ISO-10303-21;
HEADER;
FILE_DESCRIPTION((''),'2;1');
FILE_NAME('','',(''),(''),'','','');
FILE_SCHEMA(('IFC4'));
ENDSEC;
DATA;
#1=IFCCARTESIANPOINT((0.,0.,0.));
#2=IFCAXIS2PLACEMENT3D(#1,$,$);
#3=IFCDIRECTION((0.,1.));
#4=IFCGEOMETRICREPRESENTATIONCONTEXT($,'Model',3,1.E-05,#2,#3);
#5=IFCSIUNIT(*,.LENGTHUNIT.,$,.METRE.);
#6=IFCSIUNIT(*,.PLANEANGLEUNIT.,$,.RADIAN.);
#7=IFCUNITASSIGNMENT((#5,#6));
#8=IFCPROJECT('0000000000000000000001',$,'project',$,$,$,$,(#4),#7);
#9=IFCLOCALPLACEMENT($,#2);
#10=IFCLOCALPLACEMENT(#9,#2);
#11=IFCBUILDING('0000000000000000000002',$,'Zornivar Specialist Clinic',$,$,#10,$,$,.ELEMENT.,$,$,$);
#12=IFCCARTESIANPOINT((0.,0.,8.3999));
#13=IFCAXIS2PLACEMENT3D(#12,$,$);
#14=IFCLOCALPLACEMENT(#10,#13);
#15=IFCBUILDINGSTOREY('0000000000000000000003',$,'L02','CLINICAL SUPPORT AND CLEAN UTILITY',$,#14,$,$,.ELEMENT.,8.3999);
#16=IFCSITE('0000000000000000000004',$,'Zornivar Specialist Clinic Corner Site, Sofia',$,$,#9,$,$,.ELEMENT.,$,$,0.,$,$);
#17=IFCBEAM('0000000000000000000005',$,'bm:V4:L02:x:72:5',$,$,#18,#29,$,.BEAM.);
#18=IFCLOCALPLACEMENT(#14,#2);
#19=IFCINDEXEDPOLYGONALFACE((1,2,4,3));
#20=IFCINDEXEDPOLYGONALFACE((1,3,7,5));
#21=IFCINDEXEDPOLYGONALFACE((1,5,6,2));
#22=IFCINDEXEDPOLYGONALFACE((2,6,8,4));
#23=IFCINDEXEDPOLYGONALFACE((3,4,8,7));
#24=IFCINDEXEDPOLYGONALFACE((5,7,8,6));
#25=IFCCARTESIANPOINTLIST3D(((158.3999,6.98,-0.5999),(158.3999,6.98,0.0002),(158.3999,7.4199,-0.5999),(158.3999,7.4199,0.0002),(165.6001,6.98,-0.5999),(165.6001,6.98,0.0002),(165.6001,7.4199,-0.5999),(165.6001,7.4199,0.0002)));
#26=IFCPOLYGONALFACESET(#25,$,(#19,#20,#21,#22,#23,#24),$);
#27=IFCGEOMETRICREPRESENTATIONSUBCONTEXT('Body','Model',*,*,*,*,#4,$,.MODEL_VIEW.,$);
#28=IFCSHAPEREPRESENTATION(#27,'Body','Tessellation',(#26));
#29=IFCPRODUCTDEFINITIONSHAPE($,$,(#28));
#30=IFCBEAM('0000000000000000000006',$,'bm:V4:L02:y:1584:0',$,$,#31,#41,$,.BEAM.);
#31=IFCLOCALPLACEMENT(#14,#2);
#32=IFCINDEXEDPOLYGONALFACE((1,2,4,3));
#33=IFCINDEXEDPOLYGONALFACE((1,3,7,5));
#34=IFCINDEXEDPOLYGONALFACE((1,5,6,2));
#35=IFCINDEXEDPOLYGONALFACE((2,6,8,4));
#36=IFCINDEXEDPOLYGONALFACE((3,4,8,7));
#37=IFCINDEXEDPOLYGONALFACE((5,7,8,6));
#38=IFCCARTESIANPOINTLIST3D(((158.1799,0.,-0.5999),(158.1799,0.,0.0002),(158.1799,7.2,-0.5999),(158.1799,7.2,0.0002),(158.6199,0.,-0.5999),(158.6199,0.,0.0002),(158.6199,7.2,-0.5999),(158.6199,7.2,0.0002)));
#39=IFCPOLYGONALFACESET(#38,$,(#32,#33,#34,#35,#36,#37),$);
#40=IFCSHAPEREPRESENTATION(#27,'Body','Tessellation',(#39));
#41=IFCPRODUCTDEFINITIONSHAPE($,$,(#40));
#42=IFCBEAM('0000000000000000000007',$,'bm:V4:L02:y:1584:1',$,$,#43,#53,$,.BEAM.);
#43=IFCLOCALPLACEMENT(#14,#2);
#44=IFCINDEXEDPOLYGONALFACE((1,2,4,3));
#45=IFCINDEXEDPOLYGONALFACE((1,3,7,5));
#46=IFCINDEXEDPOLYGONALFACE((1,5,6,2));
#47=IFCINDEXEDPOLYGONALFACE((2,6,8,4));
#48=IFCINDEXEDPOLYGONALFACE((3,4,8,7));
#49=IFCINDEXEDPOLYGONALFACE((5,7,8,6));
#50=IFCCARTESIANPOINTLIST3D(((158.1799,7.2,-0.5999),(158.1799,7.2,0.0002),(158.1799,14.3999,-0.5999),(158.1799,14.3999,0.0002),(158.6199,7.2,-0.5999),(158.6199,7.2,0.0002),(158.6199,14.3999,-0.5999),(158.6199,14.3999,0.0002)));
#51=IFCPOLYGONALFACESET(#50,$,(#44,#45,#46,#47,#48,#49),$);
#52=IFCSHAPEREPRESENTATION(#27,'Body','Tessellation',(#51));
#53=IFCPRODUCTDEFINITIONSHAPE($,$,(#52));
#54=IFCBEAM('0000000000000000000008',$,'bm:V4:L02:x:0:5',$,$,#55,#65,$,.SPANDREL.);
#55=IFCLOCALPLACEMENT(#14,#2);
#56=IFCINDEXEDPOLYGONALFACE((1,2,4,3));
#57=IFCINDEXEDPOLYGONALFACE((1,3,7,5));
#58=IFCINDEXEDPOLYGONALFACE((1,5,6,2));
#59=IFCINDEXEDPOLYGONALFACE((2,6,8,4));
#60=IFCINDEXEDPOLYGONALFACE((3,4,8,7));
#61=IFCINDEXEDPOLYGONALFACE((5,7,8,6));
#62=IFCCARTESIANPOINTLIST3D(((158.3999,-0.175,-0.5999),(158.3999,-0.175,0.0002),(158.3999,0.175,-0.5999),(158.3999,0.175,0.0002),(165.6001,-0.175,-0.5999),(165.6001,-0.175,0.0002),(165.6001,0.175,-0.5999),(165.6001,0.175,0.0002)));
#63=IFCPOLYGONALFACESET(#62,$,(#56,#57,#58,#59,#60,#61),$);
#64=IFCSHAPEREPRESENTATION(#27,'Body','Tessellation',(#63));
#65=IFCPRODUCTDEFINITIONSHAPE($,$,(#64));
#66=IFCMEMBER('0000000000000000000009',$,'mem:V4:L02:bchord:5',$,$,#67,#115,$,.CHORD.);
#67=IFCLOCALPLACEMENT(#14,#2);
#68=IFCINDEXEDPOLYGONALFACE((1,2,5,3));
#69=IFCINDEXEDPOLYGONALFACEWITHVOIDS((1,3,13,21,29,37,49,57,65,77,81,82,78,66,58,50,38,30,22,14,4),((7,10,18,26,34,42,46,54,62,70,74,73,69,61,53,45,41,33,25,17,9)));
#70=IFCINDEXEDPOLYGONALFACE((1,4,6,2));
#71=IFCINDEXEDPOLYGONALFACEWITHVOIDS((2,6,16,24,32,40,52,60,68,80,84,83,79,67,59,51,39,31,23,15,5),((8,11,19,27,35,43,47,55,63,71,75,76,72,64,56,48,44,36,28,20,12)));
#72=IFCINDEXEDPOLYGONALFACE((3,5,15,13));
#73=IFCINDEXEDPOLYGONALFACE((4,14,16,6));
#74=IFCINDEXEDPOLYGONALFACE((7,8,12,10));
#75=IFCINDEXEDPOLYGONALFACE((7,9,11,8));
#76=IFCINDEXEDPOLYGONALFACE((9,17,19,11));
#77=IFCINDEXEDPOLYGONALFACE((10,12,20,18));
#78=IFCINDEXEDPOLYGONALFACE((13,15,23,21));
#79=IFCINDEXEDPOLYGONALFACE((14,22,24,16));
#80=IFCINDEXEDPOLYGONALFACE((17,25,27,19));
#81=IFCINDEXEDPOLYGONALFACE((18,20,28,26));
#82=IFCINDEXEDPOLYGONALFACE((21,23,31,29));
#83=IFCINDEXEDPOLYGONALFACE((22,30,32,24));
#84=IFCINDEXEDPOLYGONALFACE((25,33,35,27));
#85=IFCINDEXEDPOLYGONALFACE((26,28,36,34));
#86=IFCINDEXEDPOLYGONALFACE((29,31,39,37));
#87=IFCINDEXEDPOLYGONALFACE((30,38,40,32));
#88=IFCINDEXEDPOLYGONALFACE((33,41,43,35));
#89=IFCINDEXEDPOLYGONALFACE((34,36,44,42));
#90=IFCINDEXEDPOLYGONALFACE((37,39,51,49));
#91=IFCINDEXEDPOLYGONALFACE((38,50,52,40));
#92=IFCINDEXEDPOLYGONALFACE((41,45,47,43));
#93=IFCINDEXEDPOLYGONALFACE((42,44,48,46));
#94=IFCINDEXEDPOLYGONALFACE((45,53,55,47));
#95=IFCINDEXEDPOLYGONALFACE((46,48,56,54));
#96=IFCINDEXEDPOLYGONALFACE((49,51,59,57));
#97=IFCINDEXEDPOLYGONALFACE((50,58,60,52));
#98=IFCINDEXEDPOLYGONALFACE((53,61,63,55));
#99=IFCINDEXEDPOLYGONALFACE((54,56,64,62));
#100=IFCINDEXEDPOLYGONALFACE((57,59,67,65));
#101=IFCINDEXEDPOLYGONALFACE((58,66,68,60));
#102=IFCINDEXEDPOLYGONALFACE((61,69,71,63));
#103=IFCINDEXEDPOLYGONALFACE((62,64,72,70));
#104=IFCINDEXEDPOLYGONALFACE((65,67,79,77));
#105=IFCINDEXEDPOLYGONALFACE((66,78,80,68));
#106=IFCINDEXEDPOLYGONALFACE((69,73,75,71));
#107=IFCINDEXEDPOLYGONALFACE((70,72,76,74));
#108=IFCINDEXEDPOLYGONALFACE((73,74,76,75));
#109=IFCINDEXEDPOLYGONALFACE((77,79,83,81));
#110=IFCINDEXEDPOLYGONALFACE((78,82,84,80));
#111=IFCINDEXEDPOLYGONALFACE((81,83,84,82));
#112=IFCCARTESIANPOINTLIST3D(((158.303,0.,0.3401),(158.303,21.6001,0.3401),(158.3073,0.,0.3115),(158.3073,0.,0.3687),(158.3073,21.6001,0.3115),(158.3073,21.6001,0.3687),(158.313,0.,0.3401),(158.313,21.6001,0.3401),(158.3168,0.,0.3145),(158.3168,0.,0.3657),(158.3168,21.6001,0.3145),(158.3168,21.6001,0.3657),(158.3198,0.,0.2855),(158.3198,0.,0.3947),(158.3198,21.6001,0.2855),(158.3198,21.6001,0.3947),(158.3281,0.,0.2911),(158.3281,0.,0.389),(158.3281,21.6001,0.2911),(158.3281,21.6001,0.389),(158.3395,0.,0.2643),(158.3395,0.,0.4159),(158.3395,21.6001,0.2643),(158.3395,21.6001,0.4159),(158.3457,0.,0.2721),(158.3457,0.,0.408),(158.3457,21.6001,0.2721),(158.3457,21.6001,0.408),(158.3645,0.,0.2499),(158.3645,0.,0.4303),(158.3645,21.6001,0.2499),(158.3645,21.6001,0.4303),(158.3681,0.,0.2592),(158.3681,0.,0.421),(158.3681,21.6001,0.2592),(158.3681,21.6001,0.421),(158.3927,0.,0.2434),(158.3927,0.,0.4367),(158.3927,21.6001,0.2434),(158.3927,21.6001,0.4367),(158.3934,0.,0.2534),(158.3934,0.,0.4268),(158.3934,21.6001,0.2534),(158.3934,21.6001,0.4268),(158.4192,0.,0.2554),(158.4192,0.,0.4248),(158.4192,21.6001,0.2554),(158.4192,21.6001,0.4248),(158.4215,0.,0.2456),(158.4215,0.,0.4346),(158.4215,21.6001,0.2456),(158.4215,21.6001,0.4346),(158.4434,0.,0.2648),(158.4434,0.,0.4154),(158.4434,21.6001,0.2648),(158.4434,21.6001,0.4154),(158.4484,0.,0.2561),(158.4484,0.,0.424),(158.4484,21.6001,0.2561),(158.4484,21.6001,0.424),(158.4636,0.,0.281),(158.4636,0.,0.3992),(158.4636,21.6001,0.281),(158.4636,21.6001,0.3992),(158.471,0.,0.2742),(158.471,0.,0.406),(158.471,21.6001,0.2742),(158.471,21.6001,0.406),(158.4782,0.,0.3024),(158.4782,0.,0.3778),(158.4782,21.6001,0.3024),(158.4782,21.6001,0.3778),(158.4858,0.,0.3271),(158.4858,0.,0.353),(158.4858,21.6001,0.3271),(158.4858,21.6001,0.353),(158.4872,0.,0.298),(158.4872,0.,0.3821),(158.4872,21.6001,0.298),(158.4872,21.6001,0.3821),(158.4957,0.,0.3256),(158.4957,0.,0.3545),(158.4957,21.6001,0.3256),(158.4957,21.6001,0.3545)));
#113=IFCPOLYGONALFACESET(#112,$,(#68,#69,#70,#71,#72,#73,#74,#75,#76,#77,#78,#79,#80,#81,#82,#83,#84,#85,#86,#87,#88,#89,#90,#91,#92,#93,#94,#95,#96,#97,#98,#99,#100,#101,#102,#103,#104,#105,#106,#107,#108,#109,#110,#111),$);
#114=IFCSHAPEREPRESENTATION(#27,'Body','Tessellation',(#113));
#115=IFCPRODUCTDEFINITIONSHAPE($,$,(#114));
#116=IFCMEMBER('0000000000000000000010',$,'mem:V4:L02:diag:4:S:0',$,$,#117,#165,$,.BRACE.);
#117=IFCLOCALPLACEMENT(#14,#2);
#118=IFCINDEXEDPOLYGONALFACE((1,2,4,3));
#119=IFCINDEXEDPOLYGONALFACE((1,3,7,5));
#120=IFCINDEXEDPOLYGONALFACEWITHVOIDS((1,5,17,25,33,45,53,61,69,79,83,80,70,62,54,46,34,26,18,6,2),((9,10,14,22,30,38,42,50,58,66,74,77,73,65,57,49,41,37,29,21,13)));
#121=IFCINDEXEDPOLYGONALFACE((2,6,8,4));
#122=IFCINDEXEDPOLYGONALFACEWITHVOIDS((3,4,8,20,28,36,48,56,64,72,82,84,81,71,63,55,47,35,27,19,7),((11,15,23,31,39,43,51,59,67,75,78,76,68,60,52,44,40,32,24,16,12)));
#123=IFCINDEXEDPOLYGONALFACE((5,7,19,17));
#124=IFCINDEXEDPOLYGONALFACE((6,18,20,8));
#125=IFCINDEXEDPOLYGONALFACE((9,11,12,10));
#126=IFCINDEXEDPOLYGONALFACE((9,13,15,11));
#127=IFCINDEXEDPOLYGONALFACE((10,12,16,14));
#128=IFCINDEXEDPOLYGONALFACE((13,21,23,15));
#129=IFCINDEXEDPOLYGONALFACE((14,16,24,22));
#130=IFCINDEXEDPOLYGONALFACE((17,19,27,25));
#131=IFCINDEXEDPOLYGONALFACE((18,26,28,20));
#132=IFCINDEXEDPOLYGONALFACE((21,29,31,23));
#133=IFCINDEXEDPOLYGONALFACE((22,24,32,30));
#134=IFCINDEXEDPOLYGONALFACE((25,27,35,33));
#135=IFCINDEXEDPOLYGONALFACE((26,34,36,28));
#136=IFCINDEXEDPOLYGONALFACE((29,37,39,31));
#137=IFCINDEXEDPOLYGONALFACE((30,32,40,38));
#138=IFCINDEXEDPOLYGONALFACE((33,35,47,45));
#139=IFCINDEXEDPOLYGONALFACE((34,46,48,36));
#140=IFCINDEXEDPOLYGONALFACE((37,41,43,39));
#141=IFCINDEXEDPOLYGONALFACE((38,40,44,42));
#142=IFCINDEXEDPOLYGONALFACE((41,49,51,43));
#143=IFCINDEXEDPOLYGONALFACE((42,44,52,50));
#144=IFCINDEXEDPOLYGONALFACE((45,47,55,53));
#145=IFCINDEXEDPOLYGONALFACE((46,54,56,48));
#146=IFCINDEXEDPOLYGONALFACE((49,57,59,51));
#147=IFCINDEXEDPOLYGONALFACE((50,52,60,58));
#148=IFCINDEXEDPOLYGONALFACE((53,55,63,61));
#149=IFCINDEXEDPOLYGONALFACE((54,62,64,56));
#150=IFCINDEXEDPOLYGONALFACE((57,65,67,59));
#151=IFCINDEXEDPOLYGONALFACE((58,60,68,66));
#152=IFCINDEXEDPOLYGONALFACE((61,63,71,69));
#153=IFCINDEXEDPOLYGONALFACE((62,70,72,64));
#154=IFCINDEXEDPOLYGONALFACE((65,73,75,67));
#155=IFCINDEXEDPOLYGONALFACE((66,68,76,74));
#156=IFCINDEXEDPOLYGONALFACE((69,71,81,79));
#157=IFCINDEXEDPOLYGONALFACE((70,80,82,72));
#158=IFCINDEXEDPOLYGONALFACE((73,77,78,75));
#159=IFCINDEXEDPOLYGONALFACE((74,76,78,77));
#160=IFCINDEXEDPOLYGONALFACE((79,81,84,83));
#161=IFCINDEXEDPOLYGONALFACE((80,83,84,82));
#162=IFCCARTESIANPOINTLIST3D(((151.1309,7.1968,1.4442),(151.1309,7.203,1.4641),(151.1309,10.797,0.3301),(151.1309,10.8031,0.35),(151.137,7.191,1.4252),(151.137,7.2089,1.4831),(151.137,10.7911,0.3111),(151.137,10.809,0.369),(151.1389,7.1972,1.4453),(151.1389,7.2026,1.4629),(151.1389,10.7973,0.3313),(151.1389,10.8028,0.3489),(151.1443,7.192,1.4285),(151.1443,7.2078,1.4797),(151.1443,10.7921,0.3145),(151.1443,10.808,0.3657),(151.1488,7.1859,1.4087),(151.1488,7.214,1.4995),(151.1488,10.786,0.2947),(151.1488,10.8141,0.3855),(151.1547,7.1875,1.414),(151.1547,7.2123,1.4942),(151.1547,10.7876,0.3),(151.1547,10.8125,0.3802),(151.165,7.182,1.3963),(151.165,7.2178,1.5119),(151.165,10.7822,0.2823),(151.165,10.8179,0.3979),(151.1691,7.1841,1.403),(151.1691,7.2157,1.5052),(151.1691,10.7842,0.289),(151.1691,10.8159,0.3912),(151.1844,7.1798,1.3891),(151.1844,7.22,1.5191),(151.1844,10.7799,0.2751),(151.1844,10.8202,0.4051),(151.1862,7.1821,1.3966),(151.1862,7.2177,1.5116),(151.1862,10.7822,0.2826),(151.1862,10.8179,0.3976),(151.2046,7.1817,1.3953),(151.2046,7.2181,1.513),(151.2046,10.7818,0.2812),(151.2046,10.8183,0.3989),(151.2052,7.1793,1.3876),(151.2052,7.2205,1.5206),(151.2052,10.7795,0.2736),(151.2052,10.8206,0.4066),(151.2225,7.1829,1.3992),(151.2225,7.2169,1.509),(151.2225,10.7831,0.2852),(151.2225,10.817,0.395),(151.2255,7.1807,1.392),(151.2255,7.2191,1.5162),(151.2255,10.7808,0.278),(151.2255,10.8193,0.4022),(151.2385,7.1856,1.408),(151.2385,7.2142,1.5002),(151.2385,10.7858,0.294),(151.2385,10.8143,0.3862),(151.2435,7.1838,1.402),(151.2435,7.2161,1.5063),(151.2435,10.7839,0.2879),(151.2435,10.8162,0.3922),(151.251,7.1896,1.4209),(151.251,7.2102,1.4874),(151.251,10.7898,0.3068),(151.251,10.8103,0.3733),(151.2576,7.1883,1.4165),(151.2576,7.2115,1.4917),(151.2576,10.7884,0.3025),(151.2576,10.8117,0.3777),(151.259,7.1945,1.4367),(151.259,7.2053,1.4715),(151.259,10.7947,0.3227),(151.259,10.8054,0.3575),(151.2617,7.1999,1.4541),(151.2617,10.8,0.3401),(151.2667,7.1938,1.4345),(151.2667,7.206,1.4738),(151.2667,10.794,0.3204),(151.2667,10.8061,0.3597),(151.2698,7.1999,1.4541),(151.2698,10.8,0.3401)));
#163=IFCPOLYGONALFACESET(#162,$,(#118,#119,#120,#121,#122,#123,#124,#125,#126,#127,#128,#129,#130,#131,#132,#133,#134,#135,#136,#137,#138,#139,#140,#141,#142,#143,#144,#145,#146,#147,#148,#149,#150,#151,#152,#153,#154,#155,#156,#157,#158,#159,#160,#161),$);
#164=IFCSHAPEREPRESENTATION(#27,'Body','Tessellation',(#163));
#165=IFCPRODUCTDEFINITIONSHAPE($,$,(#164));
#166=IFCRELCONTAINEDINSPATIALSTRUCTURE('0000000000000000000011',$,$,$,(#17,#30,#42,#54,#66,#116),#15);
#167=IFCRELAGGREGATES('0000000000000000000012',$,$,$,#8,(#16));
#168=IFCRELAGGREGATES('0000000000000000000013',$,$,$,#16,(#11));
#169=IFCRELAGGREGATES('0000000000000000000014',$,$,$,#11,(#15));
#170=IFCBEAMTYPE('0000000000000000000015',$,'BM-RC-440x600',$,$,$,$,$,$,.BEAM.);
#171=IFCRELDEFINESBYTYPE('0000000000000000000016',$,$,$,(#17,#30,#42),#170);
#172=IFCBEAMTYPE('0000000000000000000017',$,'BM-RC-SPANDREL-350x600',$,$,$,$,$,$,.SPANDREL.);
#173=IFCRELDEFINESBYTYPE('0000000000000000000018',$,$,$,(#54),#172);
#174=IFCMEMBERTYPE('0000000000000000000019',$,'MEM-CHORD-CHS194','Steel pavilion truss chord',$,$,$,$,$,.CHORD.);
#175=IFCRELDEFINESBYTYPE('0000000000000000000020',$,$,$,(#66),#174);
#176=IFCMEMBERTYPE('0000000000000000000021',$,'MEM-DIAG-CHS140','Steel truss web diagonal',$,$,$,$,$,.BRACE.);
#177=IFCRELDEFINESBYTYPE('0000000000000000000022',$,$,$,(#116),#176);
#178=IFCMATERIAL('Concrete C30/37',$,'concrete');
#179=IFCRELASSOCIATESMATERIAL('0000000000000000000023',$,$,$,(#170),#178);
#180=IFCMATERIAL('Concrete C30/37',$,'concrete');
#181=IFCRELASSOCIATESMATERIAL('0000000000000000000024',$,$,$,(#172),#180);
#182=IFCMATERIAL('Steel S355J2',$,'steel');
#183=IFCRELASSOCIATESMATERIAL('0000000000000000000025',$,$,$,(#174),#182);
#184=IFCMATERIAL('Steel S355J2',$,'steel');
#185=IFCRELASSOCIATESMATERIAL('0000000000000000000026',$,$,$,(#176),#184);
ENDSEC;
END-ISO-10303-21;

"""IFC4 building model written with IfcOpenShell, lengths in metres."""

from ifc_helpers import new_model, si_unit, direction, frame, origin, origin_2d, place, context, subcontext, project, spatial, rectangle, hollow_circle, extrude, material, material_profile, profile_set, type_object, element, save


model = new_model("IFC4")

# Units and contexts
model_context = context("Model", 3, precision=1e-05, world=origin(), true_north=direction((0.0, 1.0)))
body_context = subcontext(model_context, "Body", "Model", "MODEL_VIEW")
ifc_project = project(units=[si_unit("LENGTHUNIT", "METRE"), si_unit("PLANEANGLEUNIT", "RADIAN")], contexts=[model_context])

# Site, building, storey
site_placement = place(None, origin())
site = spatial("IfcSite", under=ifc_project, at=site_placement, Name="Zornivar Specialist Clinic Corner Site, Sofia", CompositionType="ELEMENT", RefElevation=0.0)
building_placement = place(site_placement, origin())
building = spatial("IfcBuilding", under=site, at=building_placement, Name="Zornivar Specialist Clinic", CompositionType="ELEMENT")
storey_placement = place(building_placement, frame((0.0, 0.0, 8.3999)))
storey = spatial("IfcBuildingStorey", under=building, at=storey_placement, Name="L02", Description="CLINICAL SUPPORT AND CLEAN UTILITY", CompositionType="ELEMENT", Elevation=8.3999)

# Beams
ifc_material_1 = material(Name="Concrete C30/37", Category="concrete")
ifc_material_profile_1 = material_profile(ifc_material_1, rectangle(XDim=0.4399, YDim=0.6001, at=origin_2d()), Name="RC 440x600")
ifc_profile_set_1 = profile_set([ifc_material_profile_1], Name="Concrete C30/37")
beam_type_1 = type_object("IfcBeamType", Name="BM-RC-440x600", PredefinedType="BEAM", material=ifc_profile_set_1)
beam_1_placement = place(storey_placement, frame((158.3999, 7.2, -0.2998), z_axis=(1.0, 0.0, 0.0), x_axis=(0.0, 1.0, 0.0)))
element("IfcBeam", 1, at=beam_1_placement, inside=storey, type_object=beam_type_1, Name="bm:V4:L02:x:72:5", PredefinedType="BEAM", context=body_context, shape_type="SweptSolid", body=[
    extrude(rectangle(XDim=0.4399, YDim=0.6001, at=origin_2d()), origin(), (0.0, 0.0, 1.0), 7.2002),
])
for number, where, z_axis, x_axis, name in (
    (2, (158.3999, 0.0, -0.2998), (0.0, 1.0, 0.0), (-1.0, 0.0, 0.0), "bm:V4:L02:y:1584:0"),
    (3, (158.3999, 7.2, -0.2998), (0.0, 1.0, 0.0), (-1.0, 0.0, 0.0), "bm:V4:L02:y:1584:1"),
):
    element("IfcBeam", number, at=place(storey_placement, frame(where, z_axis=z_axis, x_axis=x_axis)), inside=storey, type_object=beam_type_1, Name=name, PredefinedType="BEAM", context=body_context, shape_type="SweptSolid", body=[
        extrude(rectangle(XDim=0.4399, YDim=0.6001, at=origin_2d()), origin(), (0.0, 0.0, 1.0), 7.2),
    ])
ifc_material_2 = material(Name="Concrete C30/37", Category="concrete")
ifc_material_profile_2 = material_profile(ifc_material_2, rectangle(XDim=0.3501, YDim=0.6001, at=origin_2d()), Name="RC 350x600")
ifc_profile_set_2 = profile_set([ifc_material_profile_2], Name="Concrete C30/37")
beam_type_2 = type_object("IfcBeamType", Name="BM-RC-SPANDREL-350x600", PredefinedType="SPANDREL", material=ifc_profile_set_2)
beam_2_placement = place(storey_placement, frame((158.3999, 0.0, -0.2998), z_axis=(1.0, 0.0, 0.0), x_axis=(0.0, 1.0, 0.0)))
element("IfcBeam", 4, at=beam_2_placement, inside=storey, type_object=beam_type_2, Name="bm:V4:L02:x:0:5", PredefinedType="SPANDREL", context=body_context, shape_type="SweptSolid", body=[
    extrude(rectangle(XDim=0.3501, YDim=0.6001, at=origin_2d()), origin(), (0.0, 0.0, 1.0), 7.2002),
])

# Members
ifc_material_3 = material(Name="Steel S355J2", Category="steel")
ifc_material_profile_3 = material_profile(ifc_material_3, hollow_circle(Radius=0.0969, WallThickness=0.01, at=origin_2d()), Name="CHS 193.7x10")
ifc_profile_set_3 = profile_set([ifc_material_profile_3], Name="Steel S355J2")
member_type_1 = type_object("IfcMemberType", Name="MEM-CHORD-CHS194", Description="Steel pavilion truss chord", PredefinedType="CHORD", material=ifc_profile_set_3)
member_1_placement = place(storey_placement, frame((158.3999, 0.0, 0.3401), z_axis=(0.0, 1.0, 0.0), x_axis=(-1.0, 0.0, 0.0)))
element("IfcMember", 5, at=member_1_placement, inside=storey, type_object=member_type_1, Name="mem:V4:L02:bchord:5", PredefinedType="CHORD", context=body_context, shape_type="SweptSolid", body=[
    extrude(hollow_circle(Radius=0.0969, WallThickness=0.01, at=origin_2d()), origin(), (0.0, 0.0, 1.0), 21.6001),
])
ifc_material_4 = material(Name="Steel S355J2", Category="steel")
ifc_material_profile_4 = material_profile(ifc_material_4, hollow_circle(Radius=0.0698, WallThickness=0.0081, at=origin_2d()), Name="CHS 139.7x8")
ifc_profile_set_4 = profile_set([ifc_material_profile_4], Name="Steel S355J2")
member_type_2 = type_object("IfcMemberType", Name="MEM-DIAG-CHS140", Description="Steel truss web diagonal", PredefinedType="BRACE", material=ifc_profile_set_4)
member_2_placement = place(storey_placement, frame((151.2, 10.8, 0.3401), z_axis=(0.0, -0.955309, 0.295611), x_axis=(1.0, 0.0, 0.0)))
element("IfcMember", 6, at=member_2_placement, inside=storey, type_object=member_type_2, Name="mem:V4:L02:diag:4:S:0", PredefinedType="BRACE", context=body_context, shape_type="SweptSolid", body=[
    extrude(hollow_circle(Radius=0.0698, WallThickness=0.0081, at=origin_2d()), origin(), (0.0, 0.0, 1.0), 3.7686),
])

save(model, "model.ifc")
